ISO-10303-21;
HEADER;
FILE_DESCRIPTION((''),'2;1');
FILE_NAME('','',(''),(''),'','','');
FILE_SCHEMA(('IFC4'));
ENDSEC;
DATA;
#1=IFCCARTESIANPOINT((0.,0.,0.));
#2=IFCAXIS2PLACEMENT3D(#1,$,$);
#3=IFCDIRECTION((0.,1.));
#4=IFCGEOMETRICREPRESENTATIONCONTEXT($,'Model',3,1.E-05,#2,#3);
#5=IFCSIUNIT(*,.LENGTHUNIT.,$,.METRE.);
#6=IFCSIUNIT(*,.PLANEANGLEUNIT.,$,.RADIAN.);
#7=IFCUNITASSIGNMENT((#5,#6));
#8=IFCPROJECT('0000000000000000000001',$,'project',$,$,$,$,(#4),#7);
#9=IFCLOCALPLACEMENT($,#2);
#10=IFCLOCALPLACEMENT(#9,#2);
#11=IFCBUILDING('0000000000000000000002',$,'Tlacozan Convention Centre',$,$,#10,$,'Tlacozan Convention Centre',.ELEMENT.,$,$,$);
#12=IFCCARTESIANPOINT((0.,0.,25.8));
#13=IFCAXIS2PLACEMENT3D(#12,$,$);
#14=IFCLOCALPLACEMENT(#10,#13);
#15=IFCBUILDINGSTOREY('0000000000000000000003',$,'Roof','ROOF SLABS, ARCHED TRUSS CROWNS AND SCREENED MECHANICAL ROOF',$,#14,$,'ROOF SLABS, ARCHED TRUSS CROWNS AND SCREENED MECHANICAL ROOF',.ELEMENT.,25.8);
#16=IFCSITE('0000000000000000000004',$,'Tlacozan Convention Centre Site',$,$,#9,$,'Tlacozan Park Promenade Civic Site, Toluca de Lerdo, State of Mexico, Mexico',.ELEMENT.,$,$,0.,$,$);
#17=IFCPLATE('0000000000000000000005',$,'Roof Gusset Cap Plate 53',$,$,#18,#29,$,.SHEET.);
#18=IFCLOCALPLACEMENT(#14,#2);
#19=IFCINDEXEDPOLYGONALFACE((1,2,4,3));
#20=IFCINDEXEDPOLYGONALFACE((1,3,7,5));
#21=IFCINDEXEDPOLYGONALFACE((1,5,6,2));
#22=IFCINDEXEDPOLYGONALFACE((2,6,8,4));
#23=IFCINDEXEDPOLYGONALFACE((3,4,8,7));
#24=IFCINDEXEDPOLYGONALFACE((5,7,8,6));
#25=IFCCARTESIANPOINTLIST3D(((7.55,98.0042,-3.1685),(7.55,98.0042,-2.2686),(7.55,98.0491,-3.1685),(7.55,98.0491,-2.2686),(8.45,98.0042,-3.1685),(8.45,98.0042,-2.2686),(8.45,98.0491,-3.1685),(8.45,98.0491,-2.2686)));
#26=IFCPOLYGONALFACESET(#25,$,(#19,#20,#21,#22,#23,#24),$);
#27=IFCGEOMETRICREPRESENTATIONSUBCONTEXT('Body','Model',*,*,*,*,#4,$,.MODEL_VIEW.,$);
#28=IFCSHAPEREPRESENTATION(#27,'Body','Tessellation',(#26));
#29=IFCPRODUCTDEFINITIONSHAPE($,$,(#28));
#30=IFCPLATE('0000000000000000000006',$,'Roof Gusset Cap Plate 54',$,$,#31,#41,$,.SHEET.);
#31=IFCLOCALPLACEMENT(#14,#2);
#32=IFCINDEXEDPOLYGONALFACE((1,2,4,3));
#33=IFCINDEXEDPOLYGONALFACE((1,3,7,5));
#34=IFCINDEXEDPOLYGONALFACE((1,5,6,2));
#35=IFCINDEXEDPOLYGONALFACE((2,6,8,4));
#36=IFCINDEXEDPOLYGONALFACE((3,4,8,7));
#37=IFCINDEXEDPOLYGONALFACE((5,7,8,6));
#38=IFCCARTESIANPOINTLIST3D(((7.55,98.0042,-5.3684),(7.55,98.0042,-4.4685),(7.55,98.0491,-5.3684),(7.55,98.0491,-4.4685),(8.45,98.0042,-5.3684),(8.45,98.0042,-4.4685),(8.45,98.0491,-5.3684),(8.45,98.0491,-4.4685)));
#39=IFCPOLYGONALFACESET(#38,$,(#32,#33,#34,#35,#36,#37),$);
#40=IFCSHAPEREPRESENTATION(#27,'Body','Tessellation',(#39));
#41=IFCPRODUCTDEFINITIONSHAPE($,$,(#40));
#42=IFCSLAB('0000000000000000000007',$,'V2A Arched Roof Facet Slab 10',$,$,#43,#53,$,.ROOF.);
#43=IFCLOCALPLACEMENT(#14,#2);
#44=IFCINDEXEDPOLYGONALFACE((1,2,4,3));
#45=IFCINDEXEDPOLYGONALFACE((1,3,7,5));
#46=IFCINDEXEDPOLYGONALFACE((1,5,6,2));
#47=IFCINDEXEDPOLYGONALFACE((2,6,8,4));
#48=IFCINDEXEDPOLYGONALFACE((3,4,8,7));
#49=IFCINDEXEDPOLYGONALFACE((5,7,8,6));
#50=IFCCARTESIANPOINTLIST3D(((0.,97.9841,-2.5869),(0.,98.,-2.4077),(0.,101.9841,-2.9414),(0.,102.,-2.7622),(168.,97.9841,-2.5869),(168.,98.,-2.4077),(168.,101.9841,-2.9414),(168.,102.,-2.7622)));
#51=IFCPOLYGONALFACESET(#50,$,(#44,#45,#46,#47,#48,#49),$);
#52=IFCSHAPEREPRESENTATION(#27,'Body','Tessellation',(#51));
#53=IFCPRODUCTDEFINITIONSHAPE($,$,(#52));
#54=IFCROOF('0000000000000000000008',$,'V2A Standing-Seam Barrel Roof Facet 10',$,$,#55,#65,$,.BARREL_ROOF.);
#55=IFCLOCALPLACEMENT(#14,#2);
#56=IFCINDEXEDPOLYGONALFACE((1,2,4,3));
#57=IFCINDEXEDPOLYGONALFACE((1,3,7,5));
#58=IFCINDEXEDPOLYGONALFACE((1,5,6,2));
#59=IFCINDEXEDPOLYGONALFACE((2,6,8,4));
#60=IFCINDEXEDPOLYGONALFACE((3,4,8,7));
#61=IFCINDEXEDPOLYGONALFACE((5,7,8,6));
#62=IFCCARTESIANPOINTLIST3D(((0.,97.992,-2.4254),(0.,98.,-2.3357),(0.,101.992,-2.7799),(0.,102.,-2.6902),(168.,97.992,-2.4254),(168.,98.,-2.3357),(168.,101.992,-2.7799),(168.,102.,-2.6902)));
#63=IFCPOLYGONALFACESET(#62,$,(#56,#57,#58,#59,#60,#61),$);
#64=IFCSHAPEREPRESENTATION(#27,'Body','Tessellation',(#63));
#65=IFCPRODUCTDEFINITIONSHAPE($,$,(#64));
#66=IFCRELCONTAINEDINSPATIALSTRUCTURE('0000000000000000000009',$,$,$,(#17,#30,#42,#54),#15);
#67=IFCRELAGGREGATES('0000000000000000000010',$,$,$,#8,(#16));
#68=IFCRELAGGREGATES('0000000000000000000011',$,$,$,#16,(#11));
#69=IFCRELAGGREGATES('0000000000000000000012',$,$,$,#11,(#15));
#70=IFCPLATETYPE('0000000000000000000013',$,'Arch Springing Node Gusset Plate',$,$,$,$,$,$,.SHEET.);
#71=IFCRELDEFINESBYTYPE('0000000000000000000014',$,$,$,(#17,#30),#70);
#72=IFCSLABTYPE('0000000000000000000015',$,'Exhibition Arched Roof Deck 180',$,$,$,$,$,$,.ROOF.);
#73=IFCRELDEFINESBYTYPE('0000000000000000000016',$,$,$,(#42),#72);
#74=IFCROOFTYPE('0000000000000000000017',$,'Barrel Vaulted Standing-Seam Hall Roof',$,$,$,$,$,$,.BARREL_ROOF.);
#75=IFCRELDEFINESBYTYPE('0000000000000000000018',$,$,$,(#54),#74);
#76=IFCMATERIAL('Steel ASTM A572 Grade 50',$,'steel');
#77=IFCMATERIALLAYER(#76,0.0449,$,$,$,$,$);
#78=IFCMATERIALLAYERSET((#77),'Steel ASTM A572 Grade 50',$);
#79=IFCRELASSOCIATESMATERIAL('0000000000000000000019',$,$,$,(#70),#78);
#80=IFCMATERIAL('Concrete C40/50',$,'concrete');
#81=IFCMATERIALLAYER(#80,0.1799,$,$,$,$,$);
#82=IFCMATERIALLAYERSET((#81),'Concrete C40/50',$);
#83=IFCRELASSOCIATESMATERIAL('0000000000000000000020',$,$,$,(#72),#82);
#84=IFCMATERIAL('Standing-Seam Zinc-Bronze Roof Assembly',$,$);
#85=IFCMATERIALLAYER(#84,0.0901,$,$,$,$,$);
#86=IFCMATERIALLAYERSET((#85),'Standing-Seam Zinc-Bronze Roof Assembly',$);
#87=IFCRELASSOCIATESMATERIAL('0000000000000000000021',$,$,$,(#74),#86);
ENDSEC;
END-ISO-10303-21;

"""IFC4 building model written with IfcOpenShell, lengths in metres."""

from ifc_helpers import new_model, si_unit, direction, frame, origin, origin_2d, place, context, subcontext, project, spatial, polyline, rectangle, outline, extrude, material, layer, layer_set, type_object, element, save


model = new_model("IFC4")

# Units and contexts
model_context = context("Model", 3, precision=1e-05, world=origin(), true_north=direction((0.0, 1.0)))
body_context = subcontext(model_context, "Body", "Model", "MODEL_VIEW")
ifc_project = project(units=[si_unit("LENGTHUNIT", "METRE"), si_unit("PLANEANGLEUNIT", "RADIAN")], contexts=[model_context])

# Site, building, storey
site_placement = place(None, origin())
site = spatial("IfcSite", under=ifc_project, at=site_placement, Name="Tlacozan Convention Centre Site", LongName="Tlacozan Park Promenade Civic Site, Toluca de Lerdo, State of Mexico, Mexico", CompositionType="ELEMENT", RefElevation=0.0)
building_placement = place(site_placement, origin())
building = spatial("IfcBuilding", under=site, at=building_placement, Name="Tlacozan Convention Centre", LongName="Tlacozan Convention Centre", CompositionType="ELEMENT")
storey_placement = place(building_placement, frame((0.0, 0.0, 25.8)))
storey = spatial("IfcBuildingStorey", under=building, at=storey_placement, Name="Roof", Description="ROOF SLABS, ARCHED TRUSS CROWNS AND SCREENED MECHANICAL ROOF", LongName="ROOF SLABS, ARCHED TRUSS CROWNS AND SCREENED MECHANICAL ROOF", CompositionType="ELEMENT", Elevation=25.8)

# Plates
ifc_material_1 = material(Name="Steel ASTM A572 Grade 50", Category="steel")
ifc_layer_1 = layer(ifc_material_1, 0.0449)
ifc_layer_set_1 = layer_set([ifc_layer_1], Name="Steel ASTM A572 Grade 50")
plate_type = type_object("IfcPlateType", Name="Arch Springing Node Gusset Plate", PredefinedType="SHEET", material=ifc_layer_set_1)
for number, where, z_axis, x_axis, name in (
    (1, (8.0, 98.0266, -3.1685), (0.0, 0.0, 1.0), (0.0, 1.0, 0.0), "Roof Gusset Cap Plate 53"),
    (2, (8.0, 98.0266, -5.3684), (0.0, 0.0, 1.0), (0.0, 1.0, 0.0), "Roof Gusset Cap Plate 54"),
):
    element("IfcPlate", number, at=place(storey_placement, frame(where, z_axis=z_axis, x_axis=x_axis)), inside=storey, type_object=plate_type, Name=name, PredefinedType="SHEET", context=body_context, shape_type="SweptSolid", body=[
        extrude(rectangle(XDim=0.0449, YDim=0.8999, at=origin_2d()), origin(), (0.0, 0.0, 1.0), 0.8999),
    ])

# Slab
ifc_material_2 = material(Name="Concrete C40/50", Category="concrete")
ifc_layer_2 = layer(ifc_material_2, 0.1799)
ifc_layer_set_2 = layer_set([ifc_layer_2], Name="Concrete C40/50")
slab_type = type_object("IfcSlabType", Name="Exhibition Arched Roof Deck 180", PredefinedType="ROOF", material=ifc_layer_set_2)
slab_placement = place(storey_placement, frame((0.0, 98.0, -2.4077), z_axis=(0.0, 0.088277, 0.996096), x_axis=(1.0, 0.0, 0.0)))
element("IfcSlab", 3, at=slab_placement, inside=storey, type_object=slab_type, Name="V2A Arched Roof Facet Slab 10", PredefinedType="ROOF", context=body_context, shape_type="SweptSolid", body=[
    extrude(outline(polyline([(0.0, 0.0), (168.0, 0.0), (168.0, 4.0157), (0.0, 4.0157), (0.0, 0.0)])), origin(), (0.0, 0.0, -1.0), 0.1799),
])

# Roof
ifc_material_3 = material(Name="Standing-Seam Zinc-Bronze Roof Assembly")
ifc_layer_3 = layer(ifc_material_3, 0.0901)
ifc_layer_set_3 = layer_set([ifc_layer_3], Name="Standing-Seam Zinc-Bronze Roof Assembly")
roof_type = type_object("IfcRoofType", Name="Barrel Vaulted Standing-Seam Hall Roof", PredefinedType="BARREL_ROOF", material=ifc_layer_set_3)
roof_placement = place(storey_placement, frame((0.0, 98.0, -2.3357), z_axis=(0.0, 0.088277, 0.996096), x_axis=(1.0, 0.0, 0.0)))
element("IfcRoof", 4, at=roof_placement, inside=storey, type_object=roof_type, Name="V2A Standing-Seam Barrel Roof Facet 10", PredefinedType="BARREL_ROOF", context=body_context, shape_type="SweptSolid", body=[
    extrude(outline(polyline([(0.0, 0.0), (168.0, 0.0), (168.0, 4.0157), (0.0, 4.0157), (0.0, 0.0)])), origin(), (0.0, 0.0, -1.0), 0.0901),
])

save(model, "model.ifc")
